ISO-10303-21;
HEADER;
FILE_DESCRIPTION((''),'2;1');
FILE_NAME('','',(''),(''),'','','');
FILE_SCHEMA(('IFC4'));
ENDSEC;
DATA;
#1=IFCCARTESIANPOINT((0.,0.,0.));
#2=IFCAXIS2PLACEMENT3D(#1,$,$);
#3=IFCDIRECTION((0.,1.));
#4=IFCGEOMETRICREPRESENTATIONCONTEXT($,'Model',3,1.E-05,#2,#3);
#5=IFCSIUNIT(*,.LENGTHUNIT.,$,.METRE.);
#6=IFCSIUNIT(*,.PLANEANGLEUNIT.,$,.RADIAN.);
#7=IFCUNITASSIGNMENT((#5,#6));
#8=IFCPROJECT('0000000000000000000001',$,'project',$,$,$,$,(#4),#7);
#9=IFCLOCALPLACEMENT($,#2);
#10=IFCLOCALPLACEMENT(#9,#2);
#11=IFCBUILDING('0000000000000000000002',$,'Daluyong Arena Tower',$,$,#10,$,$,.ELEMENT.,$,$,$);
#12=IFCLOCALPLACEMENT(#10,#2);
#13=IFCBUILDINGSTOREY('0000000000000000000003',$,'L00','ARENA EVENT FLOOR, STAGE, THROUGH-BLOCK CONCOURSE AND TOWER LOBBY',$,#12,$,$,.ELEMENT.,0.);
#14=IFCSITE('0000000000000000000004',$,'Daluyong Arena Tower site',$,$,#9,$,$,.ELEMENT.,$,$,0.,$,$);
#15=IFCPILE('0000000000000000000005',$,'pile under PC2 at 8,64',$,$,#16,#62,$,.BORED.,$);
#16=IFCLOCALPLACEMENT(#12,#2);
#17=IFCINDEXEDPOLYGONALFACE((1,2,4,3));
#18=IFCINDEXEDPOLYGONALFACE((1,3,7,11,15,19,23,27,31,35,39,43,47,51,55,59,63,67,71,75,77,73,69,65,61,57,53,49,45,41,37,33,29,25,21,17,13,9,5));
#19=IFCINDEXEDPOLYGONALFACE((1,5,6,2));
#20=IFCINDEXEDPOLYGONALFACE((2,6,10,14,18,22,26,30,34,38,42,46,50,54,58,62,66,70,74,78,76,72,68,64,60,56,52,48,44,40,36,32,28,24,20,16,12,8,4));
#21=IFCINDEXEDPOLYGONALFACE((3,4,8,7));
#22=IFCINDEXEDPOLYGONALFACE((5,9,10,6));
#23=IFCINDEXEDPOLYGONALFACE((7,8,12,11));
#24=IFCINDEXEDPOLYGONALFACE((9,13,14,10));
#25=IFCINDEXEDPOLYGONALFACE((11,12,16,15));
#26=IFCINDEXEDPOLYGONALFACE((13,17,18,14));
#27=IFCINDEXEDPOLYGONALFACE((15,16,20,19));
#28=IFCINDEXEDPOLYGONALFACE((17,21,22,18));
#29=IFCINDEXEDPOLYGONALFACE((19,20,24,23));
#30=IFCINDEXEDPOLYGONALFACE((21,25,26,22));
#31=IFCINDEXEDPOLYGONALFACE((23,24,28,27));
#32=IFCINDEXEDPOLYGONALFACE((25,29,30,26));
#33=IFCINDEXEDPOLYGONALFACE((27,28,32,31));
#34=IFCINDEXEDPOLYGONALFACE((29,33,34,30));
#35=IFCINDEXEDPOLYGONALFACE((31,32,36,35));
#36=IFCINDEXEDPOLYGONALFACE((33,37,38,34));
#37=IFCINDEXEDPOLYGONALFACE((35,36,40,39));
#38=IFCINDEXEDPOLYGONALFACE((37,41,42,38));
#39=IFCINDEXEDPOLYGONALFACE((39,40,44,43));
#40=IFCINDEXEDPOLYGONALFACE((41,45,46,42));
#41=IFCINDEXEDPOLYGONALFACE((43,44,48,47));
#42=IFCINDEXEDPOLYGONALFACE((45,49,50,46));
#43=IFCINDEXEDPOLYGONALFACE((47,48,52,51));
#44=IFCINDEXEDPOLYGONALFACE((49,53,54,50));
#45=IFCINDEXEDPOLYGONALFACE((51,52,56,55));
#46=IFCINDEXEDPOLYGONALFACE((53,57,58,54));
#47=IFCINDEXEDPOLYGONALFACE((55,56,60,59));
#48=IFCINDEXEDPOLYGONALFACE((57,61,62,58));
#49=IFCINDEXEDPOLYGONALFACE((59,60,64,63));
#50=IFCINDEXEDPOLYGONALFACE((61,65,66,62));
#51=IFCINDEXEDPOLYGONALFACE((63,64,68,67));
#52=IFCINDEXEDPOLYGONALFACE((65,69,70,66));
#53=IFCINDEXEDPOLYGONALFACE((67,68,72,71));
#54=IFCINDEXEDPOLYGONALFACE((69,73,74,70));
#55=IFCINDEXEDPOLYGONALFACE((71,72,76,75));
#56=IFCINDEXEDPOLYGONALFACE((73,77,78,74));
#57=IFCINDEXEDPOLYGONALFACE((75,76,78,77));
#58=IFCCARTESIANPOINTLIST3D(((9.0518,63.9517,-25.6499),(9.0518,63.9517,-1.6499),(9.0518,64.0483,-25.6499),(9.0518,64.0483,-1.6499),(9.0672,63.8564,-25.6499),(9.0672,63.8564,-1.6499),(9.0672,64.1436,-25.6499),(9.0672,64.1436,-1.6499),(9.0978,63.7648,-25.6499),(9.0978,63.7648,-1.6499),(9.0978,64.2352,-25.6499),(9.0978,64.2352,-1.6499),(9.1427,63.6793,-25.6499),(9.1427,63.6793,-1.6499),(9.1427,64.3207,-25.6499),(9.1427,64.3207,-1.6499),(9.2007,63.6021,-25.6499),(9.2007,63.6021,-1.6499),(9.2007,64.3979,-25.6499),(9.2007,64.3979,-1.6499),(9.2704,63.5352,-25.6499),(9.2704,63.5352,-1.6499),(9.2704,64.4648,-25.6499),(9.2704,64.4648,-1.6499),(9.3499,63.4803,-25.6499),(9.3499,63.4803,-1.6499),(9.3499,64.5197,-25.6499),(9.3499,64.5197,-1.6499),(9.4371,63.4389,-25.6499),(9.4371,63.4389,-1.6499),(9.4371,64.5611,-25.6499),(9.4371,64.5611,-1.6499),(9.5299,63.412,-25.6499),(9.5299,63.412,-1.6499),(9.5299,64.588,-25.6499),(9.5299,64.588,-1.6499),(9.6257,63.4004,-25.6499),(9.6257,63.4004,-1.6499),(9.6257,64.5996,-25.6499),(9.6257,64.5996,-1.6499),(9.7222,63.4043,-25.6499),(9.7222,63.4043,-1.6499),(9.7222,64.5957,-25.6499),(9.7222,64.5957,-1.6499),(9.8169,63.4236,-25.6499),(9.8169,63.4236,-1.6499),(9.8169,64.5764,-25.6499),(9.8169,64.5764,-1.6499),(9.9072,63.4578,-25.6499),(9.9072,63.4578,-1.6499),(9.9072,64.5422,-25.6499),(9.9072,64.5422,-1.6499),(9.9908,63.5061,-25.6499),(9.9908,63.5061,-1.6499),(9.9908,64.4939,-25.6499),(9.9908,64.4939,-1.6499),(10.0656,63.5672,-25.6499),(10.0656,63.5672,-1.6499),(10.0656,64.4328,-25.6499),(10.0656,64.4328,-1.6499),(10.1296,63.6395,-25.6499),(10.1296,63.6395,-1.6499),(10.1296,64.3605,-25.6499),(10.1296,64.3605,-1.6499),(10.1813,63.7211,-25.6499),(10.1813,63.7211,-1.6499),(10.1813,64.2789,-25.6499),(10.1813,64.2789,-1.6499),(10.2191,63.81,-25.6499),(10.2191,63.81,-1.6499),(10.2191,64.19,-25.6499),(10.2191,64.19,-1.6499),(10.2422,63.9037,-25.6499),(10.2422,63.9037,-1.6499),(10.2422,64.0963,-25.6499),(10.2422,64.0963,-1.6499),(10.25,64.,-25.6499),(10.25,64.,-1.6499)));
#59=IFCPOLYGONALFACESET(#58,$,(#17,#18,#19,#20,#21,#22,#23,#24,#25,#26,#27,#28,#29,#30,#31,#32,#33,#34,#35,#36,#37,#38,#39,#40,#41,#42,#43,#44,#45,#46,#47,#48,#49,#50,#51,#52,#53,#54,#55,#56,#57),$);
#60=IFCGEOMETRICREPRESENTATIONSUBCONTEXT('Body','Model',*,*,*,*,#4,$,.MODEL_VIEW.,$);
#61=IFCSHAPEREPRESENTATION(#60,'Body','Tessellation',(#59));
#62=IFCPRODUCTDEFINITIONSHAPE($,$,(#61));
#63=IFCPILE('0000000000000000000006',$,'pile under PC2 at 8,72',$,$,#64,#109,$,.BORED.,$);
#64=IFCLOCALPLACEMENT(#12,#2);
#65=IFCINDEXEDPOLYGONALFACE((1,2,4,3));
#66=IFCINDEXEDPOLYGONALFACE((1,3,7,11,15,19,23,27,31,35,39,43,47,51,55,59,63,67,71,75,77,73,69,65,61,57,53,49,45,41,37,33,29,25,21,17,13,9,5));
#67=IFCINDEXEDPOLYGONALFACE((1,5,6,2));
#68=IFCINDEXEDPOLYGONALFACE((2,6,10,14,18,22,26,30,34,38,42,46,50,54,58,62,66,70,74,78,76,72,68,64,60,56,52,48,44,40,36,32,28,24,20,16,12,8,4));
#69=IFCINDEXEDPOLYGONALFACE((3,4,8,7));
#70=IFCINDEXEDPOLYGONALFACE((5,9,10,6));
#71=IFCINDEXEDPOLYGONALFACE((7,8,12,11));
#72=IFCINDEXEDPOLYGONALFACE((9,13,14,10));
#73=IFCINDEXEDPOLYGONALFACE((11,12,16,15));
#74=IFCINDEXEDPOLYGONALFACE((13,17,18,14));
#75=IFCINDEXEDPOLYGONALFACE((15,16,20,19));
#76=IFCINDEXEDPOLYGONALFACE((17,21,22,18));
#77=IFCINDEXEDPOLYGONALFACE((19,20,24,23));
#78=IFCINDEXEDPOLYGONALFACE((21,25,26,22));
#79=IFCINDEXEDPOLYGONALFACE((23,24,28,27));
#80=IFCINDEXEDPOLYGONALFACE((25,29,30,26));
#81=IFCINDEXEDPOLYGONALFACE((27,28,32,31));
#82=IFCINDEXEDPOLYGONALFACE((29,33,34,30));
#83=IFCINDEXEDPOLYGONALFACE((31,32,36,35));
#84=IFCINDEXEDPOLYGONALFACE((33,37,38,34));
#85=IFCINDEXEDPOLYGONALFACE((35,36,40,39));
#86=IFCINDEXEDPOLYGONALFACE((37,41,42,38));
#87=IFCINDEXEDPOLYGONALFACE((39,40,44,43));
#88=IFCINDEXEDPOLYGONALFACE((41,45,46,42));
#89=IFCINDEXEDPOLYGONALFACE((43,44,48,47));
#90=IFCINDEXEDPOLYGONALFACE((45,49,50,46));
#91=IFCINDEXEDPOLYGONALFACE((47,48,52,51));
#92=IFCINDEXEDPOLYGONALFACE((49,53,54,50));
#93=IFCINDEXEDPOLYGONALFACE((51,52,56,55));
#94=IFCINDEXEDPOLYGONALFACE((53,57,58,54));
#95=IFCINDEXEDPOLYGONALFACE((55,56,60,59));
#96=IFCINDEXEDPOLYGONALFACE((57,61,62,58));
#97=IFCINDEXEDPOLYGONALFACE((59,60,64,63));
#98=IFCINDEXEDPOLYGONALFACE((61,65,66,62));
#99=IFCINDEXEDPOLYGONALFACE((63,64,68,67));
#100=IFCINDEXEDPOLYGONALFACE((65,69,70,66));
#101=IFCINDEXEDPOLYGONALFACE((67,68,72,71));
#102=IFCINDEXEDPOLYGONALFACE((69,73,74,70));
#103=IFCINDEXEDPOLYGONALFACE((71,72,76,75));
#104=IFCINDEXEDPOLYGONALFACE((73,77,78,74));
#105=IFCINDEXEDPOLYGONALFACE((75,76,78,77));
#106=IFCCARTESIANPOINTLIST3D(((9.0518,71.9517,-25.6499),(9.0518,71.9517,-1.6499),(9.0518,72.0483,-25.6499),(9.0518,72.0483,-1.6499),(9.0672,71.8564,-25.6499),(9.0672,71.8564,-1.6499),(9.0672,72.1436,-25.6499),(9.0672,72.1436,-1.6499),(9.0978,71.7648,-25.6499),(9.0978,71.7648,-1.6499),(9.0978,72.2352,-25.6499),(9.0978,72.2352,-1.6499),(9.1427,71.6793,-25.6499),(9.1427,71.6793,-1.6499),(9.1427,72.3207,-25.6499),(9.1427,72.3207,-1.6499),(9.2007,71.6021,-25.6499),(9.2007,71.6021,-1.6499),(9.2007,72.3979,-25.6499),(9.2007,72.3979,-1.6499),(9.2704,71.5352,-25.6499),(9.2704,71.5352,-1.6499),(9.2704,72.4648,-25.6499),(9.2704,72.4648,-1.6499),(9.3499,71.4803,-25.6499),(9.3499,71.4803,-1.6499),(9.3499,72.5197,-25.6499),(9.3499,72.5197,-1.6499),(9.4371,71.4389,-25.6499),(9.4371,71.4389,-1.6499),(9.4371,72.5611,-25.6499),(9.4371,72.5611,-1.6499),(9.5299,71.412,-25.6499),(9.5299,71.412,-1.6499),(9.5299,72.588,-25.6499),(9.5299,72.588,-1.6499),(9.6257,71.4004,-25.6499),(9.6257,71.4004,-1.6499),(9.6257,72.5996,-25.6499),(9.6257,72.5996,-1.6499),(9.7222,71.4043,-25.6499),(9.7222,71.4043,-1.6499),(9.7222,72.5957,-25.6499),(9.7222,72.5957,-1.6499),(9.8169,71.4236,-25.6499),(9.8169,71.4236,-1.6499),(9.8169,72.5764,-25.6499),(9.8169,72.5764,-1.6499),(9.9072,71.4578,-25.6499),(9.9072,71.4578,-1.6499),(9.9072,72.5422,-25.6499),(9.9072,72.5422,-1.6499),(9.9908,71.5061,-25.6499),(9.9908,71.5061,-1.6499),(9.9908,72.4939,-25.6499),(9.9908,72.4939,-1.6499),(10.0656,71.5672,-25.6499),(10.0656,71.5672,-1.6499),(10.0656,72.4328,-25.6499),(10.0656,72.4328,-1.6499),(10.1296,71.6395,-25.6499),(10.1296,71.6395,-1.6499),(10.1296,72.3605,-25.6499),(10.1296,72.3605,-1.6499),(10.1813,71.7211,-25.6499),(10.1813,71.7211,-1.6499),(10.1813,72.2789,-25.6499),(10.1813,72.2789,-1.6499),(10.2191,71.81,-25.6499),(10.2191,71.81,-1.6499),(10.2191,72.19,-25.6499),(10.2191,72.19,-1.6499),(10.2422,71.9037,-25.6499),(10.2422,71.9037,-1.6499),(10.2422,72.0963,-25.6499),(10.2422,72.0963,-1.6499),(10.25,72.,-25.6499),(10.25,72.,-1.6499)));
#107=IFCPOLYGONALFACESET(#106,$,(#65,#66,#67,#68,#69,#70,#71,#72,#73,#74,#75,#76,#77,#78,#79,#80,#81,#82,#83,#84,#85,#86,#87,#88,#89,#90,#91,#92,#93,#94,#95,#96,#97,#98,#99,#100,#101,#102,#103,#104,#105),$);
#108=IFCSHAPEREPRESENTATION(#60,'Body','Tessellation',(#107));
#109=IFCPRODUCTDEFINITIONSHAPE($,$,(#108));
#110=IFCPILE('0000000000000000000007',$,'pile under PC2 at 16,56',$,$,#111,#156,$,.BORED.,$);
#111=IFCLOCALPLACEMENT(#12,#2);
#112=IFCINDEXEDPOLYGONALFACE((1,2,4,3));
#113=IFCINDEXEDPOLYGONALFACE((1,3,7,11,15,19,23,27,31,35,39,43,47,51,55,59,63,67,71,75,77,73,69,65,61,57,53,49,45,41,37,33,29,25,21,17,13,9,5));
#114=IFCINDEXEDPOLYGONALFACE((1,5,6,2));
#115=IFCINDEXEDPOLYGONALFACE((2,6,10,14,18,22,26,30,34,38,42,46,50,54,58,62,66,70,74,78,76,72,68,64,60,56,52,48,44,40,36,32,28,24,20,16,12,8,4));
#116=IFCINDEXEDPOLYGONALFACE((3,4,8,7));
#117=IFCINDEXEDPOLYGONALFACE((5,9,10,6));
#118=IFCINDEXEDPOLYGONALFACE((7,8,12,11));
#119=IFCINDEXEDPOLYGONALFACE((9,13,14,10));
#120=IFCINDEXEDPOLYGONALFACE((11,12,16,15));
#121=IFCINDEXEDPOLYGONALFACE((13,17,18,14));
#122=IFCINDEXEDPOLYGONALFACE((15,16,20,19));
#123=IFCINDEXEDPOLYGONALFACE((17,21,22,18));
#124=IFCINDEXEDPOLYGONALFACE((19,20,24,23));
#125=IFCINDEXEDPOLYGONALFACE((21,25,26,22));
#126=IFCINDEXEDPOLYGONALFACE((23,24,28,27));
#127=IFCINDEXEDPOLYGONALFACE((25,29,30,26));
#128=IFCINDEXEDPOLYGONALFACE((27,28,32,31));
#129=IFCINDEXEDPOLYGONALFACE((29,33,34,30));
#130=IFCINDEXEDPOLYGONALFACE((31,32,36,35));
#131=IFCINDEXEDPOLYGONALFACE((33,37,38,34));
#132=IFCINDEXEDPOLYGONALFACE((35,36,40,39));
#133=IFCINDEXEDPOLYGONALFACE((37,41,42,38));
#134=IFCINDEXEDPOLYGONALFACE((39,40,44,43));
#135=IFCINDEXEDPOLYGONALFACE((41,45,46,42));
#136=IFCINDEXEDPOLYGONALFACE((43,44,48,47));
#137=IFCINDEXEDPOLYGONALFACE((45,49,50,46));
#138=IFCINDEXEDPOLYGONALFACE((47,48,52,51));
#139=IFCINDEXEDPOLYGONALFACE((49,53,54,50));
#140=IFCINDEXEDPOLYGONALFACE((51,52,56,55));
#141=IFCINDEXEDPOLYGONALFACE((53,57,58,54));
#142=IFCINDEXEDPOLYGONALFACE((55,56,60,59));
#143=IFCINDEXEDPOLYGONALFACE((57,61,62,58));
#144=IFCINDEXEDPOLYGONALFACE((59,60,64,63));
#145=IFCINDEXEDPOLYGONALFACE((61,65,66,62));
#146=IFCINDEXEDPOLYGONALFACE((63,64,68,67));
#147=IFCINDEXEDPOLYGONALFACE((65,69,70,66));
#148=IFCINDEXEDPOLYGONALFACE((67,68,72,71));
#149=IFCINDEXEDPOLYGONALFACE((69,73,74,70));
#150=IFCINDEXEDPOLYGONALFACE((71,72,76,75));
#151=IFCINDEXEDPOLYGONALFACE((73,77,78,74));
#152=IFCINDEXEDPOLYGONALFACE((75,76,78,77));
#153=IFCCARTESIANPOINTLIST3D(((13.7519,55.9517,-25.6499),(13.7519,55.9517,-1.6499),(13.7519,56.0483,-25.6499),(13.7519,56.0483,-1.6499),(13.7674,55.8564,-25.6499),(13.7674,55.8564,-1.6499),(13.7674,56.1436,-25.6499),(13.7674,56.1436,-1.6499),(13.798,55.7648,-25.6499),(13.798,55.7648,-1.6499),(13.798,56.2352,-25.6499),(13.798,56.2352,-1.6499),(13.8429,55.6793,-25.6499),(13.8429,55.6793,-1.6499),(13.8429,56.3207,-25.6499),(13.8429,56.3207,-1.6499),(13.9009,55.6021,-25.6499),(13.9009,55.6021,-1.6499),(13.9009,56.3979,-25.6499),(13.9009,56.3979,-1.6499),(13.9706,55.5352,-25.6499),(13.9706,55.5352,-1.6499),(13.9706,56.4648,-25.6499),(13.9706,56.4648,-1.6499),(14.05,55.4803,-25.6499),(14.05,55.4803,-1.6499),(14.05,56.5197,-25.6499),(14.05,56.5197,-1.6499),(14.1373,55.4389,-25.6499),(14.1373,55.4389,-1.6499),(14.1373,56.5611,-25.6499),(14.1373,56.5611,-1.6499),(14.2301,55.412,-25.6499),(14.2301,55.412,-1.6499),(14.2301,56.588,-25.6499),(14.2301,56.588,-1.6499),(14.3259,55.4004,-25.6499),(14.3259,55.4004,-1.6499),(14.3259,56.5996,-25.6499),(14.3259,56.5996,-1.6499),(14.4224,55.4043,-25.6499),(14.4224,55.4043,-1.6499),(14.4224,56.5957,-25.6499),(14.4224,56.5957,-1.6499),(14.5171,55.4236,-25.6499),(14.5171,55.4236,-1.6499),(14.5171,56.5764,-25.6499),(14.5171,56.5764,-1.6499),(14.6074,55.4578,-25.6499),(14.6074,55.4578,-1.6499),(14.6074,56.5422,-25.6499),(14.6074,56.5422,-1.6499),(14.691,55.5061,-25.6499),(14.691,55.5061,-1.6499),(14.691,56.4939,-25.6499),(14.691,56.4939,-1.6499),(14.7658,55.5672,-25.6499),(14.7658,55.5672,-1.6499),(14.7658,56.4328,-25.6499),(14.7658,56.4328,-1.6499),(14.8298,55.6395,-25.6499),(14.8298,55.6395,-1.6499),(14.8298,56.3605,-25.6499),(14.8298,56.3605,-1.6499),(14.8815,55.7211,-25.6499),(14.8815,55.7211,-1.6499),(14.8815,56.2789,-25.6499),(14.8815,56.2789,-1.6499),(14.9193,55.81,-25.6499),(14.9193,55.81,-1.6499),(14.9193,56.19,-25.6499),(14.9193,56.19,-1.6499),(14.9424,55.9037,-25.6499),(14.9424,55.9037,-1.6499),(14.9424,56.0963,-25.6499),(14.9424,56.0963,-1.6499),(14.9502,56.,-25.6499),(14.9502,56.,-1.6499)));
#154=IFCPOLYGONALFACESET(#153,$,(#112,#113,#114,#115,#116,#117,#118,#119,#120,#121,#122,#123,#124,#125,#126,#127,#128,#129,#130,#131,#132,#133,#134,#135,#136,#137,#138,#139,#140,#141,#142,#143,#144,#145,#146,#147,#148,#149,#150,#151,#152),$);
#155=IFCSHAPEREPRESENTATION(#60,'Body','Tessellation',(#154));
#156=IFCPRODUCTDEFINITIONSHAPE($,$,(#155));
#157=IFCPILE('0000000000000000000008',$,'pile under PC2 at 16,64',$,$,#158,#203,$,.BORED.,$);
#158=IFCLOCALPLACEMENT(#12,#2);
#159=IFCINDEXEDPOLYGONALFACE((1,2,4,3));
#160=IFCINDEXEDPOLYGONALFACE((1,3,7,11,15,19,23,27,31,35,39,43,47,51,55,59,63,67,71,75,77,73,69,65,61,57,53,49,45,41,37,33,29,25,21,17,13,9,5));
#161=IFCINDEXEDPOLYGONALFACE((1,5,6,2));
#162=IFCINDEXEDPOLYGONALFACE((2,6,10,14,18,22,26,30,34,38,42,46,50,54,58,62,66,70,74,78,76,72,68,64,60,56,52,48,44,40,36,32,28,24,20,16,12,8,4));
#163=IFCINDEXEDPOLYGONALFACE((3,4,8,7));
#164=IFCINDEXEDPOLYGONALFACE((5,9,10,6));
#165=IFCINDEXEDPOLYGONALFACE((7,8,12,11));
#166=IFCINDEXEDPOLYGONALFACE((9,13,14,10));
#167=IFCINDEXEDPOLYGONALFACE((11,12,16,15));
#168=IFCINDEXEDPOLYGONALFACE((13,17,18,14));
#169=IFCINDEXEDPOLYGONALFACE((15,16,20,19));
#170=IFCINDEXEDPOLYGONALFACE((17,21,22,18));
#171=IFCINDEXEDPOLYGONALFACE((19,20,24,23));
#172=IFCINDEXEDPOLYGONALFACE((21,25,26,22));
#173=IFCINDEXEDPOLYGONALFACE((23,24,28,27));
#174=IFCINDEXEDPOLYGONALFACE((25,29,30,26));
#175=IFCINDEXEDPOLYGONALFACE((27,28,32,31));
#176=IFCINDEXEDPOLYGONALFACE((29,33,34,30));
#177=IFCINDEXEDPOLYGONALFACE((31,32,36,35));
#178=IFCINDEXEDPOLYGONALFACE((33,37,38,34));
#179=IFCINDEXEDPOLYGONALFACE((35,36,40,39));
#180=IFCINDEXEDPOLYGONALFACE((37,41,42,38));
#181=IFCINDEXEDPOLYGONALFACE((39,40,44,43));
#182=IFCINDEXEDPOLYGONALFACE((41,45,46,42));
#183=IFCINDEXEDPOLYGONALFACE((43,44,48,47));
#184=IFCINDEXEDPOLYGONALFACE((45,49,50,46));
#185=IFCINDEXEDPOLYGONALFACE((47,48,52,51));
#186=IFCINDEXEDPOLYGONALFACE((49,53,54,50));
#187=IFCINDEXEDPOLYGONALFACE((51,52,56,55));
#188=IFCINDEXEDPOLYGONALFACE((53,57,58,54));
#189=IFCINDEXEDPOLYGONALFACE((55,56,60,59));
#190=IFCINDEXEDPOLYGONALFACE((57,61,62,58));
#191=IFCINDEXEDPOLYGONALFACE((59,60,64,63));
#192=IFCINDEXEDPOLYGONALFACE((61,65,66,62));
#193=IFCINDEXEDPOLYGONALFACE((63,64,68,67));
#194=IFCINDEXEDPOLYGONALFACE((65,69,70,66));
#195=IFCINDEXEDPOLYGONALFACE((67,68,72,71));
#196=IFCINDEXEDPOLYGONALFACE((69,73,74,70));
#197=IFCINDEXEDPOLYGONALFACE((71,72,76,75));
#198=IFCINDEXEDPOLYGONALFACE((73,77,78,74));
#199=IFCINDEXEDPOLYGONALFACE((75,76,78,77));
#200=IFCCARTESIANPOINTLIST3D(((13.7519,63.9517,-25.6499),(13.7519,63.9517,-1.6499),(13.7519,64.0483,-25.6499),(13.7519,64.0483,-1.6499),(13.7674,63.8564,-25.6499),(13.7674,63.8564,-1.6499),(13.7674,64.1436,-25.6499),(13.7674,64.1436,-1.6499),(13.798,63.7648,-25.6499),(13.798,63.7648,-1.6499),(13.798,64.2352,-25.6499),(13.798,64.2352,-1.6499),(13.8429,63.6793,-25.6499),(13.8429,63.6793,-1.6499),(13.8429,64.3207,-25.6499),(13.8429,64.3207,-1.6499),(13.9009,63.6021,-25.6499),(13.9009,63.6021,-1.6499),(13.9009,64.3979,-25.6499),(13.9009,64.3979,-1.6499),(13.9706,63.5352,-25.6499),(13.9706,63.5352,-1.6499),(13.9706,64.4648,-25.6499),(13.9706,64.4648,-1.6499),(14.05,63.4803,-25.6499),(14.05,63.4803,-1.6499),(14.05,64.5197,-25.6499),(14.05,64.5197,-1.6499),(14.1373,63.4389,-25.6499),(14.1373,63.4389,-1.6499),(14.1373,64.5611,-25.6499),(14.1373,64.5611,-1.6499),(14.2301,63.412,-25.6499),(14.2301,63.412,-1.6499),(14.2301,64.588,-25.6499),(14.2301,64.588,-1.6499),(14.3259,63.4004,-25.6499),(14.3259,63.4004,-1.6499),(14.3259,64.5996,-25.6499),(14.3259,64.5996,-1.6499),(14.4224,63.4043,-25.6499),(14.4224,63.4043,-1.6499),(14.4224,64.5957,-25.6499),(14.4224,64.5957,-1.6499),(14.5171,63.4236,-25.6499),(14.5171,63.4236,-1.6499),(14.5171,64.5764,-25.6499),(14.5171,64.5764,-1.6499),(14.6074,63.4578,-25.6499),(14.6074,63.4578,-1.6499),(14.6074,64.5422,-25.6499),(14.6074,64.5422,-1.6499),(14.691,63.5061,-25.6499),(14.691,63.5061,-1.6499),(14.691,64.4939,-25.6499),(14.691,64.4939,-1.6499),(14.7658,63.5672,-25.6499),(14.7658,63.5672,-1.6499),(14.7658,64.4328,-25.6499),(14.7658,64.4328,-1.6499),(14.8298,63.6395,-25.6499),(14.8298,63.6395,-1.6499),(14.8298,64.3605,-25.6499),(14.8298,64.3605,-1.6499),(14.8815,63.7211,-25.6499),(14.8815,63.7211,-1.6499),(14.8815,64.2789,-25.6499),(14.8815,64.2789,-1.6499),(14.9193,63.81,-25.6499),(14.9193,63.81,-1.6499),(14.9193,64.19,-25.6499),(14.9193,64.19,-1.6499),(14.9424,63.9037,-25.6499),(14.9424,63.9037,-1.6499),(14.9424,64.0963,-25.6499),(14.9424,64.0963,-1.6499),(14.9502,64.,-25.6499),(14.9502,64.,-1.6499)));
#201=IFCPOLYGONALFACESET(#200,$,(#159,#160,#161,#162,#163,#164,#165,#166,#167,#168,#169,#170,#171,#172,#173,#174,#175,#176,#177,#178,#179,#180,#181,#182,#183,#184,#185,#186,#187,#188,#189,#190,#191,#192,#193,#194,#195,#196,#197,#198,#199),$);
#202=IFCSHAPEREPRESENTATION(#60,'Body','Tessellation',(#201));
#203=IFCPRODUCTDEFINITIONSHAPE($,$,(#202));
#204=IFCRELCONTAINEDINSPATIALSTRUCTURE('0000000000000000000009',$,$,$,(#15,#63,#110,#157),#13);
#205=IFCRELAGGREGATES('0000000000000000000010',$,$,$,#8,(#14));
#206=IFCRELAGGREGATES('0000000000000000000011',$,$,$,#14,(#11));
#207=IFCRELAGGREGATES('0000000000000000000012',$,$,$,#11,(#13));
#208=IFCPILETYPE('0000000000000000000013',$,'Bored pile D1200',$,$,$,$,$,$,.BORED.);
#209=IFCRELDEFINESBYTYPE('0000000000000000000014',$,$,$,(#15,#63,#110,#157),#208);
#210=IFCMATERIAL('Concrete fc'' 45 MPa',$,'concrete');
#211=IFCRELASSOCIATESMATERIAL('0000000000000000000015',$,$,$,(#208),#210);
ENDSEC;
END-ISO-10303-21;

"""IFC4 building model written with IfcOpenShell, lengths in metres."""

from ifc_helpers import new_model, si_unit, direction, frame, origin, origin_2d, place, context, subcontext, project, spatial, circle, extrude, material, type_object, element, save


model = new_model("IFC4")

# Units and contexts
model_context = context("Model", 3, precision=1e-05, world=origin(), true_north=direction((0.0, 1.0)))
body_context = subcontext(model_context, "Body", "Model", "MODEL_VIEW")
ifc_project = project(units=[si_unit("LENGTHUNIT", "METRE"), si_unit("PLANEANGLEUNIT", "RADIAN")], contexts=[model_context])

# Site, building, storey
site_placement = place(None, origin())
site = spatial("IfcSite", under=ifc_project, at=site_placement, Name="Daluyong Arena Tower site", CompositionType="ELEMENT", RefElevation=0.0)
building_placement = place(site_placement, origin())
building = spatial("IfcBuilding", under=site, at=building_placement, Name="Daluyong Arena Tower", CompositionType="ELEMENT")
storey_placement = place(building_placement, origin())
storey = spatial("IfcBuildingStorey", under=building, at=storey_placement, Name="L00", Description="ARENA EVENT FLOOR, STAGE, THROUGH-BLOCK CONCOURSE AND TOWER LOBBY", CompositionType="ELEMENT", Elevation=0.0)

# Piles
ifc_material_1 = material(Name="Concrete fc' 45 MPa", Category="concrete")
pile_type = type_object("IfcPileType", Name="Bored pile D1200", PredefinedType="BORED", material=ifc_material_1)
for number, where, z_axis, x_axis, name in (
    (1, (9.6499, 64.0, -1.6499), (0.0, 0.0, -1.0), (1.0, 0.0, 0.0), "pile under PC2 at 8,64"),
    (2, (9.6499, 72.0, -1.6499), (0.0, 0.0, -1.0), (1.0, 0.0, 0.0), "pile under PC2 at 8,72"),
    (3, (14.3501, 56.0, -1.6499), (0.0, 0.0, -1.0), (1.0, 0.0, 0.0), "pile under PC2 at 16,56"),
    (4, (14.3501, 64.0, -1.6499), (0.0, 0.0, -1.0), (1.0, 0.0, 0.0), "pile under PC2 at 16,64"),
):
    element("IfcPile", number, at=place(storey_placement, frame(where, z_axis=z_axis, x_axis=x_axis)), inside=storey, type_object=pile_type, Name=name, PredefinedType="BORED", context=body_context, shape_type="SweptSolid", body=[
        extrude(circle(Radius=0.6001, at=origin_2d()), origin(), (0.0, 0.0, 1.0), 24.0),
    ])

save(model, "model.ifc")
